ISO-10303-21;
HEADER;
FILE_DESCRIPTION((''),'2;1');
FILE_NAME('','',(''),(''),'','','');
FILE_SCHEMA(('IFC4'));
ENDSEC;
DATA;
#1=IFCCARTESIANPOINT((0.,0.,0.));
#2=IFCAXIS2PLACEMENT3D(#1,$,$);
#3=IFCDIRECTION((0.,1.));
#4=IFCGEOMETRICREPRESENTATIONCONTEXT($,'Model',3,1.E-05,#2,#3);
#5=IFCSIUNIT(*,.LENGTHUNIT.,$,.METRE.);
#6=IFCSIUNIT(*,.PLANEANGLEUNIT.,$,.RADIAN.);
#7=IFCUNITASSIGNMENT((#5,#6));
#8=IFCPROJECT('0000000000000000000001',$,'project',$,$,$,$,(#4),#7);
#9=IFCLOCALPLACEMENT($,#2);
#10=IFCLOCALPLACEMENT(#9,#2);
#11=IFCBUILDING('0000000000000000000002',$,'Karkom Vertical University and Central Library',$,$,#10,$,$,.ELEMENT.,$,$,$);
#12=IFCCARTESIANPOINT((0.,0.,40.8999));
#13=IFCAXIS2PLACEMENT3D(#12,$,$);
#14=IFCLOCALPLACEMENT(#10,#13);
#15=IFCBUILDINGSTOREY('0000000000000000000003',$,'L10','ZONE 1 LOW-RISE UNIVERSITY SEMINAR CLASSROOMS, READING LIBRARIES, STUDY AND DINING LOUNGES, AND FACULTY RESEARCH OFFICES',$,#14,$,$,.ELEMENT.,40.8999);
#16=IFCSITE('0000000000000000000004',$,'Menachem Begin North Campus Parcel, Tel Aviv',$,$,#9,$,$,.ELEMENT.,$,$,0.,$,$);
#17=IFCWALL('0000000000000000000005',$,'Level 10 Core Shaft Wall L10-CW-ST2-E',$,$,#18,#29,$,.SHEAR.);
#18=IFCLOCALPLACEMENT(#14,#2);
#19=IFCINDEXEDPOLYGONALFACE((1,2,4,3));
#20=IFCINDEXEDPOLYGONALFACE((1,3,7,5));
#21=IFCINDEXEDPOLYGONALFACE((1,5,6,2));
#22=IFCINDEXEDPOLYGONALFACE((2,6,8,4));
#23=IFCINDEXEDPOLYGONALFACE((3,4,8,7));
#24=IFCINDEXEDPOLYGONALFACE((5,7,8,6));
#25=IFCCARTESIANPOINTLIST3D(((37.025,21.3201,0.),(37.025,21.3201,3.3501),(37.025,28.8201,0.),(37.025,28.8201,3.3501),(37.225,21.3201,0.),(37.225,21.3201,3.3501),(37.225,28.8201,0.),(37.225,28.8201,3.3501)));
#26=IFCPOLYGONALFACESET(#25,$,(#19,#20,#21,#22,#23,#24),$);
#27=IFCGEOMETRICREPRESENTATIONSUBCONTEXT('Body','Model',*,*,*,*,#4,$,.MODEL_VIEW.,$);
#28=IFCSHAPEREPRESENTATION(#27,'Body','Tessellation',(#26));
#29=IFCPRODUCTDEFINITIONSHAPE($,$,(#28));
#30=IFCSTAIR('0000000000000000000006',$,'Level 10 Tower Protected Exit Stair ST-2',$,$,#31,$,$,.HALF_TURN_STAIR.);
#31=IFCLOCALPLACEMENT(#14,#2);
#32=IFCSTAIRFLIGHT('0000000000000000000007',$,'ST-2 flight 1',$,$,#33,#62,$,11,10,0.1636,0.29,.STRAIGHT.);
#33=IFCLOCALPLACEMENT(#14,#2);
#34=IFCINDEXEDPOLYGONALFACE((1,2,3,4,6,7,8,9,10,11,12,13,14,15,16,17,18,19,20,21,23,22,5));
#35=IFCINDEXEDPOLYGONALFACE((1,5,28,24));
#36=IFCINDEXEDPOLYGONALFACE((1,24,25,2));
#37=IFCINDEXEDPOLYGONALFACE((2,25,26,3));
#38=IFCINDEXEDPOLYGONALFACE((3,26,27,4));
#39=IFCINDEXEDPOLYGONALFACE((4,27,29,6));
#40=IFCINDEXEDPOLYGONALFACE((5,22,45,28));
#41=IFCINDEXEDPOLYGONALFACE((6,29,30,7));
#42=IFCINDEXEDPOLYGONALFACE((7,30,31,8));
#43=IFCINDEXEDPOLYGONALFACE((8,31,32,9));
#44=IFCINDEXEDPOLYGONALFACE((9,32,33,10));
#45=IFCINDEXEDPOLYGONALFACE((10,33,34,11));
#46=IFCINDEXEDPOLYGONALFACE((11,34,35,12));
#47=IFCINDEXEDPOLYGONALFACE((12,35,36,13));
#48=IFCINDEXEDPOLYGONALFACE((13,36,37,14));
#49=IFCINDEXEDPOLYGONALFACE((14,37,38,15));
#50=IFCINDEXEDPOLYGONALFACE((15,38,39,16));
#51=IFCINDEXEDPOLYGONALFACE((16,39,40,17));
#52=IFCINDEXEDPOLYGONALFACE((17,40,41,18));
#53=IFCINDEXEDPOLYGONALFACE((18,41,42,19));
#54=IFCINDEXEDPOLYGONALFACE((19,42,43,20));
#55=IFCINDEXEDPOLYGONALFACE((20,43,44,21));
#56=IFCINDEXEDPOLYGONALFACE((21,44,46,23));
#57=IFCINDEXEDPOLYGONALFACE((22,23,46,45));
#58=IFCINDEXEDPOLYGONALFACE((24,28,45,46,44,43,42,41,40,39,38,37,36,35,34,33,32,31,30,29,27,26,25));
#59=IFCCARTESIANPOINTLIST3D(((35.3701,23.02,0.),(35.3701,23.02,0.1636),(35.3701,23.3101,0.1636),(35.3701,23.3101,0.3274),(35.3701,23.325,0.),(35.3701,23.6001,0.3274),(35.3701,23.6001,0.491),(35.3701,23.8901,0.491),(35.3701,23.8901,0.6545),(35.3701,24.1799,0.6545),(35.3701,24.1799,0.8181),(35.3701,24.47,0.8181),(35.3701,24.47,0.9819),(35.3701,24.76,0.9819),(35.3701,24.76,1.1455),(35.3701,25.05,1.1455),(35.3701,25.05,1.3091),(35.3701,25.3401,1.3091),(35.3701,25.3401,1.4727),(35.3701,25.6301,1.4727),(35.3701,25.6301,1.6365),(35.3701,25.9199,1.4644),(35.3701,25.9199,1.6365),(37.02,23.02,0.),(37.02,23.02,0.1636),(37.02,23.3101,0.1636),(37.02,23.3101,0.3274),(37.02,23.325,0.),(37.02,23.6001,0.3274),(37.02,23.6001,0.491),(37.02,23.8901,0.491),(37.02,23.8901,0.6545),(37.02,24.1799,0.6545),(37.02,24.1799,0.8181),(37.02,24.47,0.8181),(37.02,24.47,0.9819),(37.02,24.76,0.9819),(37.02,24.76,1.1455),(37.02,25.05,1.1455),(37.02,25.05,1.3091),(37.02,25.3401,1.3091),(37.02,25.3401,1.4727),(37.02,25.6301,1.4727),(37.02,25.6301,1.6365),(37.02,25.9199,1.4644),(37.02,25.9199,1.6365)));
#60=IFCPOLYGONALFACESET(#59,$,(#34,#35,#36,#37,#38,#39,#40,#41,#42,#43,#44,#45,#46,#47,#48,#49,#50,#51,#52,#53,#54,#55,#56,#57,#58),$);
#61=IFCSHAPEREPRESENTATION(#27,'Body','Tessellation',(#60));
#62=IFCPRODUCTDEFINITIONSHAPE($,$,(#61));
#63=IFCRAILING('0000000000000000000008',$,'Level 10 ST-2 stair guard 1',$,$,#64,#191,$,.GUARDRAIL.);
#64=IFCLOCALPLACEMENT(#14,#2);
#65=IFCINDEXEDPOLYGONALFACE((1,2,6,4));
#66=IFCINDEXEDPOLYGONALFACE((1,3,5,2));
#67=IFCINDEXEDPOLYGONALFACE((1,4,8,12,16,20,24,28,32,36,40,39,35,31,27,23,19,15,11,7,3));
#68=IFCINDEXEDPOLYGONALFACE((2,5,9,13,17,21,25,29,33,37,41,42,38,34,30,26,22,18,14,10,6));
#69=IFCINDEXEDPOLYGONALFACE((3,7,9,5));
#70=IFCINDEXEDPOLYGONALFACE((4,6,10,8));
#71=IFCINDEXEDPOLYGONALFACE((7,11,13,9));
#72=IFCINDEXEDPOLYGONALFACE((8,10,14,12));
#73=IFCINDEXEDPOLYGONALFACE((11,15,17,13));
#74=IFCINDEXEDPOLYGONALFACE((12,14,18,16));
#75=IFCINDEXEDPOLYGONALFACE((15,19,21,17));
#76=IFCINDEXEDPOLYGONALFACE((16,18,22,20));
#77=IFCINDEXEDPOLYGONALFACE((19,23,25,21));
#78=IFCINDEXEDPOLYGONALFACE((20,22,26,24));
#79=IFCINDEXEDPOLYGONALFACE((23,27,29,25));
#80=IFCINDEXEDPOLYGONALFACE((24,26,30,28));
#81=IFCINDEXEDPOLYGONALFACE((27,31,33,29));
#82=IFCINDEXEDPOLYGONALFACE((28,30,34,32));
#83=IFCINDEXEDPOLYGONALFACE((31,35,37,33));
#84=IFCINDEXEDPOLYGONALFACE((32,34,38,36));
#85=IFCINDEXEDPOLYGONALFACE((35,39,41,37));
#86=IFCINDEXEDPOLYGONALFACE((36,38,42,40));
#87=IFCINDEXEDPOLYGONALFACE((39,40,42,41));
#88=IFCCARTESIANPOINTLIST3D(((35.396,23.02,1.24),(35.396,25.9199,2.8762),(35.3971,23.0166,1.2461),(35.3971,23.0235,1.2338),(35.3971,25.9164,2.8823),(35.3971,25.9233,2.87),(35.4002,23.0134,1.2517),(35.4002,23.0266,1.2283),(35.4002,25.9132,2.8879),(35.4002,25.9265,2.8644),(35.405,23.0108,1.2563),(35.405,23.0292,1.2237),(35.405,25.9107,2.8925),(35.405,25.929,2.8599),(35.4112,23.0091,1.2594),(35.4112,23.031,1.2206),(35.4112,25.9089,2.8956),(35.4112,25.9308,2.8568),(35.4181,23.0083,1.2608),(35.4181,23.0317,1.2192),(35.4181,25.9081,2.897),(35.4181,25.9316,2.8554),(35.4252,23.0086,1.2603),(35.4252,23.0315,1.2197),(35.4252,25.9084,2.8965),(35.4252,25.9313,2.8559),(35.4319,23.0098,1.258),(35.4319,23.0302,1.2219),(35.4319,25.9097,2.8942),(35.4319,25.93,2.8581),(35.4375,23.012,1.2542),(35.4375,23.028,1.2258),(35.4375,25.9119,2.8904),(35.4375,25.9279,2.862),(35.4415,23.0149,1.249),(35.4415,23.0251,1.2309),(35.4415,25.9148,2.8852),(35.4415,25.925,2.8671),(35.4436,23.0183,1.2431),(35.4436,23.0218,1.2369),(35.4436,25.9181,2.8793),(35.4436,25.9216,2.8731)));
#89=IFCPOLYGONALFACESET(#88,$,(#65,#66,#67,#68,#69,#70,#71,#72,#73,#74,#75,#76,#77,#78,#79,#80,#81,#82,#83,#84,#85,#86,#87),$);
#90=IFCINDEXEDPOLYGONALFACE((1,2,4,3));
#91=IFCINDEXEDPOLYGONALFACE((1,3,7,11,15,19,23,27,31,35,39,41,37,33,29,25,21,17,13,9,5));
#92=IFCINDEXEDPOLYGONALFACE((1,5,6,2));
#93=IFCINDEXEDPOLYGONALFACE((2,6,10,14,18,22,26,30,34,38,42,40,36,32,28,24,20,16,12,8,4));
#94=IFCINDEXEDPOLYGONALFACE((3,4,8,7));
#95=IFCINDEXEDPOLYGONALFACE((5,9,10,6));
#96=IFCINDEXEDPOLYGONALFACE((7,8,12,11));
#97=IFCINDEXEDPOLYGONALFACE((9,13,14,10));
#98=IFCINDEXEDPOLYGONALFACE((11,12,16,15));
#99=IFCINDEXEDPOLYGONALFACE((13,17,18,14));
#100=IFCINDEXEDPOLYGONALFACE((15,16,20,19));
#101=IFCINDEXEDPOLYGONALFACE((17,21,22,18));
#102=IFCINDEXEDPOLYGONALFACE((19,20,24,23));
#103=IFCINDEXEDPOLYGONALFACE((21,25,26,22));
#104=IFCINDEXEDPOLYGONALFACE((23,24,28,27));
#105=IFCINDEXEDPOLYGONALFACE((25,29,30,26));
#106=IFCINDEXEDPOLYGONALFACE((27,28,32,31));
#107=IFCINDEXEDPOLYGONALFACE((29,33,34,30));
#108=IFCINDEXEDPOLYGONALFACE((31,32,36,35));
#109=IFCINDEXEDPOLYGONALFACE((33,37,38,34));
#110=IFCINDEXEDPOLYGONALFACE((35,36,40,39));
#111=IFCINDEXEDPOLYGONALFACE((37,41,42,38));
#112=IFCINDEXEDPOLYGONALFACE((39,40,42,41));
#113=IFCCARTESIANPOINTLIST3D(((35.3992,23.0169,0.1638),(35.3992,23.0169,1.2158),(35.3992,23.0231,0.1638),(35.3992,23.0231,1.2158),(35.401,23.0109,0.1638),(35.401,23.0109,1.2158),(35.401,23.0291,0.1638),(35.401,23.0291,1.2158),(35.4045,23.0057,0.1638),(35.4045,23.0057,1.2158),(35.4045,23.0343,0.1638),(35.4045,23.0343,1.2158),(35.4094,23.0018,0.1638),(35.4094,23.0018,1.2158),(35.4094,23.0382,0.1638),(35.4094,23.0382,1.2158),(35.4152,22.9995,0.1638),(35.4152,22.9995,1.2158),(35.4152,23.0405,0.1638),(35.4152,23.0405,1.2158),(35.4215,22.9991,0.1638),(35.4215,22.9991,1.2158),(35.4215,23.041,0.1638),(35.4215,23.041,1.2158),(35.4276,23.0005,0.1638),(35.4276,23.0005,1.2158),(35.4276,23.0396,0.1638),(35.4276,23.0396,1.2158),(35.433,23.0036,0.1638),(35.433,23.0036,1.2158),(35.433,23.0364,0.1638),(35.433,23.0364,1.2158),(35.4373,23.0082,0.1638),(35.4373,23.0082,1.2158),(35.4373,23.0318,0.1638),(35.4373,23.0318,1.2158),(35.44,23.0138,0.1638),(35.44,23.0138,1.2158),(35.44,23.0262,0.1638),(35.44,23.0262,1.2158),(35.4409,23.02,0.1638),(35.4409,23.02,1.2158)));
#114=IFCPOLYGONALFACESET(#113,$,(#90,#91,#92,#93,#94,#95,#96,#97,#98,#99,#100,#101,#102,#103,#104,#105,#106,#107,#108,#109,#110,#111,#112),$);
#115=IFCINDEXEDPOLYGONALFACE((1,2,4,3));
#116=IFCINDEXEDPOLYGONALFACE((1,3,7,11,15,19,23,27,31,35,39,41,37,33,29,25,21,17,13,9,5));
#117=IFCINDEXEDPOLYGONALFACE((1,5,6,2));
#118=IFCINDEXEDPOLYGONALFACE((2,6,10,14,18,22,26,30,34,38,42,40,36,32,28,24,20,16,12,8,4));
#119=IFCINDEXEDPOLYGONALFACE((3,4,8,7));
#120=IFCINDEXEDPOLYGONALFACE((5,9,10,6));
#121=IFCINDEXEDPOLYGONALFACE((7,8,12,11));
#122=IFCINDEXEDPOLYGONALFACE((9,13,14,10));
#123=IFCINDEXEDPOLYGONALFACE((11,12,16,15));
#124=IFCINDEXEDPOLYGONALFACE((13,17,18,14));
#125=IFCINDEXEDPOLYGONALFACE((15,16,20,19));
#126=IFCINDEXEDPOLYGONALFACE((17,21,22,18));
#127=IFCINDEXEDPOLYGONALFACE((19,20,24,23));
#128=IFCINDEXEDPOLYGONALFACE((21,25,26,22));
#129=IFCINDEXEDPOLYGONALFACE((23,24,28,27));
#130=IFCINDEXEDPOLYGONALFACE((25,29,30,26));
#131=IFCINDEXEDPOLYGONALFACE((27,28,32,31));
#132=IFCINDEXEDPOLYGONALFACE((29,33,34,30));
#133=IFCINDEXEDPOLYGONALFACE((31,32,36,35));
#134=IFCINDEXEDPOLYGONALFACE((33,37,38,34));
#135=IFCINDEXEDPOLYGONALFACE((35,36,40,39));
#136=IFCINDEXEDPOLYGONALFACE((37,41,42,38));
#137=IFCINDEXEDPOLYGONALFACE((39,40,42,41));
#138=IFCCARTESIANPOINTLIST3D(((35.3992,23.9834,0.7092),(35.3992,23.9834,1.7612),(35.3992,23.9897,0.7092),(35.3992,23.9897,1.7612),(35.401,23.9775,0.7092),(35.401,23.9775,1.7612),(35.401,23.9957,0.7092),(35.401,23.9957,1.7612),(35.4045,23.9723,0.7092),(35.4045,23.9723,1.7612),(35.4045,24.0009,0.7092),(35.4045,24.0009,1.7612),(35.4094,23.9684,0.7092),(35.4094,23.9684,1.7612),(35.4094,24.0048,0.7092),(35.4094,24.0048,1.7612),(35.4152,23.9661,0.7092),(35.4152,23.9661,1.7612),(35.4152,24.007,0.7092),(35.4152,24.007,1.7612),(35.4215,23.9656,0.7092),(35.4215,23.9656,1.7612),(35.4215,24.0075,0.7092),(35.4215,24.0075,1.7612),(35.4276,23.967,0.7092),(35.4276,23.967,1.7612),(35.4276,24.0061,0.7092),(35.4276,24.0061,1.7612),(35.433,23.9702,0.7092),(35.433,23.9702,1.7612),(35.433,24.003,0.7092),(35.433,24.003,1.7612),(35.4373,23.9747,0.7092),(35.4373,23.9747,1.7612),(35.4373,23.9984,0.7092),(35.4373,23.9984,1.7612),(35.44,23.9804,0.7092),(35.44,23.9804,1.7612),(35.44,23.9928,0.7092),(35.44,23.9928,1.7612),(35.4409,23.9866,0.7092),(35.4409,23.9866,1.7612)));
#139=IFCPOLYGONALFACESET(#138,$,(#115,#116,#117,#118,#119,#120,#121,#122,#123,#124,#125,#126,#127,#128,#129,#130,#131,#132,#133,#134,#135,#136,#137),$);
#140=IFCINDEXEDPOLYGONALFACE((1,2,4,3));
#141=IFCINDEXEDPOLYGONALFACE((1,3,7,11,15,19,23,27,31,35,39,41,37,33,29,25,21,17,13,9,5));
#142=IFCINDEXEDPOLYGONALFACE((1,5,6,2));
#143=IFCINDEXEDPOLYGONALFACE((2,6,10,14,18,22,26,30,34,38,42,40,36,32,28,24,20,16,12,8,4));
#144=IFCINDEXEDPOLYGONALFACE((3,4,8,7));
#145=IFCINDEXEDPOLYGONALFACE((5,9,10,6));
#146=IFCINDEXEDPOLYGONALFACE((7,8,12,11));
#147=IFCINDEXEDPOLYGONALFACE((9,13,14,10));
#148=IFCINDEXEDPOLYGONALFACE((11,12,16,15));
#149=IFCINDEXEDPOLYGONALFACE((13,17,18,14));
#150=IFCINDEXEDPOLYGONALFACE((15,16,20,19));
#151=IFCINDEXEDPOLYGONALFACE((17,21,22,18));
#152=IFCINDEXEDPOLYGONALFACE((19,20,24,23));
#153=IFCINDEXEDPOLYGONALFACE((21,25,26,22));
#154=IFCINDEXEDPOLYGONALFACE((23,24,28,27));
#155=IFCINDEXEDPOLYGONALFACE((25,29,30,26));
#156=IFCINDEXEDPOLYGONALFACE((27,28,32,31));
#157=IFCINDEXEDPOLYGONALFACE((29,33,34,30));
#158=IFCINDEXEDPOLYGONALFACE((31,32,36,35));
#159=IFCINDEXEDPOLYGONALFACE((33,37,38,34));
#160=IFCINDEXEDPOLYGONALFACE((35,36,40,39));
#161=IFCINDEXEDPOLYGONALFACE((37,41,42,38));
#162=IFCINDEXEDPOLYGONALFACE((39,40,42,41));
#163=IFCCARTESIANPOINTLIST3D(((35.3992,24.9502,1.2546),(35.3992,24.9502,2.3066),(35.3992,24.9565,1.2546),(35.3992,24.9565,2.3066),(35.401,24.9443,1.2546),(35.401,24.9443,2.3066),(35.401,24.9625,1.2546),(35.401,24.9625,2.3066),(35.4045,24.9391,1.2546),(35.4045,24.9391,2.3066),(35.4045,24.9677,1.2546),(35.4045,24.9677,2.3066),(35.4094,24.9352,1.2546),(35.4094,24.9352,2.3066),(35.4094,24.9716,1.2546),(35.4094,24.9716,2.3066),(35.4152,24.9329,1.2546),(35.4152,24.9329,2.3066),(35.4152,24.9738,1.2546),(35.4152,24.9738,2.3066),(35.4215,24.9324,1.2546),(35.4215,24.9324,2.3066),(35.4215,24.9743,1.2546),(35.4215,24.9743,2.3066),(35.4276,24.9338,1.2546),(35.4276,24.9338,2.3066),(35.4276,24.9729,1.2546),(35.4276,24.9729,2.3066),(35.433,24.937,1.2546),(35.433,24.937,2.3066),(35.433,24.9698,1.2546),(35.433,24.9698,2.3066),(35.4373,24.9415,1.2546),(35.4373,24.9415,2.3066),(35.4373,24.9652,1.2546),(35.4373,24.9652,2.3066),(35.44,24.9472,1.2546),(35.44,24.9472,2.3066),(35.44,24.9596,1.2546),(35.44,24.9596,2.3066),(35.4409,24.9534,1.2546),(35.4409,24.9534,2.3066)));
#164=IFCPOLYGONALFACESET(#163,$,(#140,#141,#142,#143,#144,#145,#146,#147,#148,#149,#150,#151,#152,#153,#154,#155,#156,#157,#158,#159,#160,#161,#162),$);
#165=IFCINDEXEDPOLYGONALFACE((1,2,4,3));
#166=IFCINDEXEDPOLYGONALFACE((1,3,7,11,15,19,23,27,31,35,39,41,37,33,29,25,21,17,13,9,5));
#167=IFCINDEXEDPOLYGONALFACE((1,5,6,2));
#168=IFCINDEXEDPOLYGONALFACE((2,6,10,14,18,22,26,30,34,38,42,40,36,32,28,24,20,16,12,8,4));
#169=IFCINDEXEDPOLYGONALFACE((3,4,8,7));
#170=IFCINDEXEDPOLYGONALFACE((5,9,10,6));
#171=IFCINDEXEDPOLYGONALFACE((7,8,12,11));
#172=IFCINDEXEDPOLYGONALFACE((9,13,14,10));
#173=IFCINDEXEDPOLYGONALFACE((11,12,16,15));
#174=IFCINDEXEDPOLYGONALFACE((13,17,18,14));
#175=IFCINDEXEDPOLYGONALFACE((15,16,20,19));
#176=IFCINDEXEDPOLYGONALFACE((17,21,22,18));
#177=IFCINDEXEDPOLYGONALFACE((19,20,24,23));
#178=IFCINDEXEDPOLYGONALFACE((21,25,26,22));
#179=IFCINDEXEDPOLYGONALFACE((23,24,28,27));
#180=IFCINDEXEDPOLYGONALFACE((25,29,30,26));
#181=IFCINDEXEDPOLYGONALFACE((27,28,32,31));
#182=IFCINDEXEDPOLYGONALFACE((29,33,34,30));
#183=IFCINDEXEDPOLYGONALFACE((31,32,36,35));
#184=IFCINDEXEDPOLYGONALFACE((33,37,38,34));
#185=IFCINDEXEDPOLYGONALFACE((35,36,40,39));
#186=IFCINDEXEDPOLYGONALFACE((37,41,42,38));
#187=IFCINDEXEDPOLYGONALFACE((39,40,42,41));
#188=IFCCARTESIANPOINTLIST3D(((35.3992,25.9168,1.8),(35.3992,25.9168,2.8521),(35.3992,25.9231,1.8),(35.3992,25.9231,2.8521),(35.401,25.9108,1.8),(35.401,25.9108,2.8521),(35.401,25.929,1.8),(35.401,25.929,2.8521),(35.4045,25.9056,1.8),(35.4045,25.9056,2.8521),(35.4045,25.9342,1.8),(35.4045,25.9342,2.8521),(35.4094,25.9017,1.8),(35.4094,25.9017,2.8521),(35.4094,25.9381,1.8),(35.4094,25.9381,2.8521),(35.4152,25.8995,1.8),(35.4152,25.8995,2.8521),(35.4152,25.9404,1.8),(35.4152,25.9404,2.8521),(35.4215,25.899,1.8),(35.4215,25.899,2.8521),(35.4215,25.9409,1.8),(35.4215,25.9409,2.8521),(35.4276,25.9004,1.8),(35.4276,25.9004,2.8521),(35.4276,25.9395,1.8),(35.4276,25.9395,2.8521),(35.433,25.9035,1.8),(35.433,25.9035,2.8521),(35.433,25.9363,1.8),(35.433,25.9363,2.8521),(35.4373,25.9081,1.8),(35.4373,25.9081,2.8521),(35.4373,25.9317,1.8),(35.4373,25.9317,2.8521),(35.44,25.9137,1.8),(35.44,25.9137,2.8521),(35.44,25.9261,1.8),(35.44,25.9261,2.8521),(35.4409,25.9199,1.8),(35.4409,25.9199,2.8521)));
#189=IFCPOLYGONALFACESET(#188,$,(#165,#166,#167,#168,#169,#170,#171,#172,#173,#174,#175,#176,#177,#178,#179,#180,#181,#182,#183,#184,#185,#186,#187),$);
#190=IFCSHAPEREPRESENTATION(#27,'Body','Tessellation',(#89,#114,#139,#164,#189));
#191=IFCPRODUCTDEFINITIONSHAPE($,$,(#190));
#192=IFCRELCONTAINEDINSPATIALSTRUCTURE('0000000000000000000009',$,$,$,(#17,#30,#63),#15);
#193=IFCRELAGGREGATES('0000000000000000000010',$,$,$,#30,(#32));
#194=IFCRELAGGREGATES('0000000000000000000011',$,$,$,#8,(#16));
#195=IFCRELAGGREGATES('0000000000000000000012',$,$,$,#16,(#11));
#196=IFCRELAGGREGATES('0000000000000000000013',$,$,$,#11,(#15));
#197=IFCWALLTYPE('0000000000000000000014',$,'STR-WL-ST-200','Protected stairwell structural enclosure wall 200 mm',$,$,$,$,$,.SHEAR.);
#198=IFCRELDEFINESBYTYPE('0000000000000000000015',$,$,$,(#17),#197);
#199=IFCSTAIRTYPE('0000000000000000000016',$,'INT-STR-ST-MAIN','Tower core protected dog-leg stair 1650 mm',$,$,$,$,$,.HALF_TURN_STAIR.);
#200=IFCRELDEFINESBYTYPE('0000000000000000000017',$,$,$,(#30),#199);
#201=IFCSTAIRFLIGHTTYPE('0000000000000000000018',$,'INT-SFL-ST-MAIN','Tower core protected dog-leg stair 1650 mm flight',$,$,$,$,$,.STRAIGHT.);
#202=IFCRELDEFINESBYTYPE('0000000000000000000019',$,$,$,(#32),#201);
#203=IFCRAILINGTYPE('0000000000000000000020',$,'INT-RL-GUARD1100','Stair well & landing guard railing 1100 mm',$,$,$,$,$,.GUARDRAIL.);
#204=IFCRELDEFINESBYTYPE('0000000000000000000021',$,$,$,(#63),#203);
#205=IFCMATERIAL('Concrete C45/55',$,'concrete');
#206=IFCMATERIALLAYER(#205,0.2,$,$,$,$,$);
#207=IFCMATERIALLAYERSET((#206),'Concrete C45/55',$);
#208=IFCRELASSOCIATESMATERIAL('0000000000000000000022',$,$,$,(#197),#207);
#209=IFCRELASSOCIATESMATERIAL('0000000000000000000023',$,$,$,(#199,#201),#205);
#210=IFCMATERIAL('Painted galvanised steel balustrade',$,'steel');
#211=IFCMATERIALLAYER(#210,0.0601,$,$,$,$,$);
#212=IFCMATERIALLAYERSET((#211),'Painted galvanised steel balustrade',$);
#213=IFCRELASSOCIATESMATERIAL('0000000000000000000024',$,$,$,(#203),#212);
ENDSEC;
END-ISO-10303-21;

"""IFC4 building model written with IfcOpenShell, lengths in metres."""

from ifc_helpers import new_model, si_unit, direction, frame, frame_2d, origin, origin_2d, place, context, subcontext, project, spatial, polyline, rectangle, circle, outline, extrude, material, layer, layer_set, type_object, element, aggregate, save


model = new_model("IFC4")

# Units and contexts
model_context = context("Model", 3, precision=1e-05, world=origin(), true_north=direction((0.0, 1.0)))
body_context = subcontext(model_context, "Body", "Model", "MODEL_VIEW")
ifc_project = project(units=[si_unit("LENGTHUNIT", "METRE"), si_unit("PLANEANGLEUNIT", "RADIAN")], contexts=[model_context])

# Site, building, storey
site_placement = place(None, origin())
site = spatial("IfcSite", under=ifc_project, at=site_placement, Name="Menachem Begin North Campus Parcel, Tel Aviv", CompositionType="ELEMENT", RefElevation=0.0)
building_placement = place(site_placement, origin())
building = spatial("IfcBuilding", under=site, at=building_placement, Name="Karkom Vertical University and Central Library", CompositionType="ELEMENT")
storey_placement = place(building_placement, frame((0.0, 0.0, 40.8999)))
storey = spatial("IfcBuildingStorey", under=building, at=storey_placement, Name="L10", Description="ZONE 1 LOW-RISE UNIVERSITY SEMINAR CLASSROOMS, READING LIBRARIES, STUDY AND DINING LOUNGES, AND FACULTY RESEARCH OFFICES", CompositionType="ELEMENT", Elevation=40.8999)

# Wall
ifc_material_1 = material(Name="Concrete C45/55", Category="concrete")
ifc_layer_1 = layer(ifc_material_1, 0.2)
ifc_layer_set_1 = layer_set([ifc_layer_1], Name="Concrete C45/55")
wall_type_1 = type_object("IfcWallType", Name="STR-WL-ST-200", Description="Protected stairwell structural enclosure wall 200 mm", PredefinedType="SHEAR", material=ifc_layer_set_1)
wall_1_placement = place(storey_placement, frame((37.125, 21.3201, 0.0), z_axis=(0.0, 0.0, 1.0), x_axis=(0.0, 1.0, 0.0)))
element("IfcWall", 1, at=wall_1_placement, inside=storey, type_object=wall_type_1, Name="Level 10 Core Shaft Wall L10-CW-ST2-E", PredefinedType="SHEAR", context=body_context, shape_type="SweptSolid", body=[
    extrude(rectangle(XDim=7.5, YDim=0.2, at=frame_2d((3.75, 0.0))), origin(), (0.0, 0.0, 1.0), 3.3501),
])

# Stair, stair flight
stair_type = type_object("IfcStairType", Name="INT-STR-ST-MAIN", Description="Tower core protected dog-leg stair 1650 mm", PredefinedType="HALF_TURN_STAIR", material=ifc_material_1)
stair_placement = place(storey_placement, origin())
stair = element("IfcStair", 2, at=stair_placement, inside=storey, type_object=stair_type, Name="Level 10 Tower Protected Exit Stair ST-2", PredefinedType="HALF_TURN_STAIR")
stair_flight_type = type_object("IfcStairFlightType", Name="INT-SFL-ST-MAIN", Description="Tower core protected dog-leg stair 1650 mm flight", PredefinedType="STRAIGHT", material=ifc_material_1)
stair_flight_placement = place(storey_placement, frame((36.1951, 23.02, 0.0), z_axis=(0.0, 0.0, 1.0), x_axis=(0.0, 1.0, 0.0)))
stair_flight = element("IfcStairFlight", 3, at=stair_flight_placement, type_object=stair_flight_type, Name="ST-2 flight 1", NumberOfRisers=11, NumberOfTreads=10, PredefinedType="STRAIGHT", RiserHeight=0.1636, TreadLength=0.29, context=body_context, shape_type="SweptSolid", body=[
    extrude(outline(polyline([(0.0, 0.0), (0.0, 0.1636), (0.29, 0.1636), (0.29, 0.3274), (0.5801, 0.3274), (0.5801, 0.491), (0.8701, 0.491), (0.8701, 0.6545), (1.1599, 0.6545), (1.1599, 0.8181), (1.45, 0.8181), (1.45, 0.9819), (1.74, 0.9819), (1.74, 1.1455), (2.03, 1.1455), (2.03, 1.3091), (2.3201, 1.3091), (2.3201, 1.4727), (2.6101, 1.4727), (2.6101, 1.6365), (2.8999, 1.6365), (2.8999, 1.8), (2.8999, 1.4644), (0.3049, 0.0), (0.0, 0.0)])), frame((0.0, 0.825, 0.0), z_axis=(0.0, -1.0, 0.0), x_axis=(1.0, 0.0, 0.0)), (0.0, 0.0, 1.0), 1.6499),
])
aggregate(stair, [stair_flight])

# Railing
ifc_material_2 = material(Name="Painted galvanised steel balustrade", Category="steel")
ifc_layer_2 = layer(ifc_material_2, 0.0601)
ifc_layer_set_2 = layer_set([ifc_layer_2], Name="Painted galvanised steel balustrade")
railing_type_1 = type_object("IfcRailingType", Name="INT-RL-GUARD1100", Description="Stair well & landing guard railing 1100 mm", PredefinedType="GUARDRAIL", material=ifc_layer_set_2)
railing_1_placement = place(storey_placement, frame((35.4199, 23.02, 0.1638)))
element("IfcRailing", 4, at=railing_1_placement, inside=storey, type_object=railing_type_1, Name="Level 10 ST-2 stair guard 1", PredefinedType="GUARDRAIL", context=body_context, shape_type="SweptSolid", body=[
    extrude(circle(Radius=0.0239, at=origin_2d()), frame((0.0, 0.0, 1.0762), z_axis=(0.0, 0.870929, 0.49141), x_axis=(-1.0, 0.0, 0.0)), (0.0, 0.0, 1.0), 3.3296),
    extrude(circle(Radius=0.021, at=origin_2d()), origin(), (0.0, 0.0, 1.0), 1.052),
    extrude(circle(Radius=0.021, at=origin_2d()), frame((0.0, 0.9666, 0.5454)), (0.0, 0.0, 1.0), 1.052),
    extrude(circle(Radius=0.021, at=origin_2d()), frame((0.0, 1.9333, 1.0908)), (0.0, 0.0, 1.0), 1.052),
    extrude(circle(Radius=0.021, at=origin_2d()), frame((0.0, 2.8999, 1.6362)), (0.0, 0.0, 1.0), 1.052),
])

save(model, "model.ifc")
